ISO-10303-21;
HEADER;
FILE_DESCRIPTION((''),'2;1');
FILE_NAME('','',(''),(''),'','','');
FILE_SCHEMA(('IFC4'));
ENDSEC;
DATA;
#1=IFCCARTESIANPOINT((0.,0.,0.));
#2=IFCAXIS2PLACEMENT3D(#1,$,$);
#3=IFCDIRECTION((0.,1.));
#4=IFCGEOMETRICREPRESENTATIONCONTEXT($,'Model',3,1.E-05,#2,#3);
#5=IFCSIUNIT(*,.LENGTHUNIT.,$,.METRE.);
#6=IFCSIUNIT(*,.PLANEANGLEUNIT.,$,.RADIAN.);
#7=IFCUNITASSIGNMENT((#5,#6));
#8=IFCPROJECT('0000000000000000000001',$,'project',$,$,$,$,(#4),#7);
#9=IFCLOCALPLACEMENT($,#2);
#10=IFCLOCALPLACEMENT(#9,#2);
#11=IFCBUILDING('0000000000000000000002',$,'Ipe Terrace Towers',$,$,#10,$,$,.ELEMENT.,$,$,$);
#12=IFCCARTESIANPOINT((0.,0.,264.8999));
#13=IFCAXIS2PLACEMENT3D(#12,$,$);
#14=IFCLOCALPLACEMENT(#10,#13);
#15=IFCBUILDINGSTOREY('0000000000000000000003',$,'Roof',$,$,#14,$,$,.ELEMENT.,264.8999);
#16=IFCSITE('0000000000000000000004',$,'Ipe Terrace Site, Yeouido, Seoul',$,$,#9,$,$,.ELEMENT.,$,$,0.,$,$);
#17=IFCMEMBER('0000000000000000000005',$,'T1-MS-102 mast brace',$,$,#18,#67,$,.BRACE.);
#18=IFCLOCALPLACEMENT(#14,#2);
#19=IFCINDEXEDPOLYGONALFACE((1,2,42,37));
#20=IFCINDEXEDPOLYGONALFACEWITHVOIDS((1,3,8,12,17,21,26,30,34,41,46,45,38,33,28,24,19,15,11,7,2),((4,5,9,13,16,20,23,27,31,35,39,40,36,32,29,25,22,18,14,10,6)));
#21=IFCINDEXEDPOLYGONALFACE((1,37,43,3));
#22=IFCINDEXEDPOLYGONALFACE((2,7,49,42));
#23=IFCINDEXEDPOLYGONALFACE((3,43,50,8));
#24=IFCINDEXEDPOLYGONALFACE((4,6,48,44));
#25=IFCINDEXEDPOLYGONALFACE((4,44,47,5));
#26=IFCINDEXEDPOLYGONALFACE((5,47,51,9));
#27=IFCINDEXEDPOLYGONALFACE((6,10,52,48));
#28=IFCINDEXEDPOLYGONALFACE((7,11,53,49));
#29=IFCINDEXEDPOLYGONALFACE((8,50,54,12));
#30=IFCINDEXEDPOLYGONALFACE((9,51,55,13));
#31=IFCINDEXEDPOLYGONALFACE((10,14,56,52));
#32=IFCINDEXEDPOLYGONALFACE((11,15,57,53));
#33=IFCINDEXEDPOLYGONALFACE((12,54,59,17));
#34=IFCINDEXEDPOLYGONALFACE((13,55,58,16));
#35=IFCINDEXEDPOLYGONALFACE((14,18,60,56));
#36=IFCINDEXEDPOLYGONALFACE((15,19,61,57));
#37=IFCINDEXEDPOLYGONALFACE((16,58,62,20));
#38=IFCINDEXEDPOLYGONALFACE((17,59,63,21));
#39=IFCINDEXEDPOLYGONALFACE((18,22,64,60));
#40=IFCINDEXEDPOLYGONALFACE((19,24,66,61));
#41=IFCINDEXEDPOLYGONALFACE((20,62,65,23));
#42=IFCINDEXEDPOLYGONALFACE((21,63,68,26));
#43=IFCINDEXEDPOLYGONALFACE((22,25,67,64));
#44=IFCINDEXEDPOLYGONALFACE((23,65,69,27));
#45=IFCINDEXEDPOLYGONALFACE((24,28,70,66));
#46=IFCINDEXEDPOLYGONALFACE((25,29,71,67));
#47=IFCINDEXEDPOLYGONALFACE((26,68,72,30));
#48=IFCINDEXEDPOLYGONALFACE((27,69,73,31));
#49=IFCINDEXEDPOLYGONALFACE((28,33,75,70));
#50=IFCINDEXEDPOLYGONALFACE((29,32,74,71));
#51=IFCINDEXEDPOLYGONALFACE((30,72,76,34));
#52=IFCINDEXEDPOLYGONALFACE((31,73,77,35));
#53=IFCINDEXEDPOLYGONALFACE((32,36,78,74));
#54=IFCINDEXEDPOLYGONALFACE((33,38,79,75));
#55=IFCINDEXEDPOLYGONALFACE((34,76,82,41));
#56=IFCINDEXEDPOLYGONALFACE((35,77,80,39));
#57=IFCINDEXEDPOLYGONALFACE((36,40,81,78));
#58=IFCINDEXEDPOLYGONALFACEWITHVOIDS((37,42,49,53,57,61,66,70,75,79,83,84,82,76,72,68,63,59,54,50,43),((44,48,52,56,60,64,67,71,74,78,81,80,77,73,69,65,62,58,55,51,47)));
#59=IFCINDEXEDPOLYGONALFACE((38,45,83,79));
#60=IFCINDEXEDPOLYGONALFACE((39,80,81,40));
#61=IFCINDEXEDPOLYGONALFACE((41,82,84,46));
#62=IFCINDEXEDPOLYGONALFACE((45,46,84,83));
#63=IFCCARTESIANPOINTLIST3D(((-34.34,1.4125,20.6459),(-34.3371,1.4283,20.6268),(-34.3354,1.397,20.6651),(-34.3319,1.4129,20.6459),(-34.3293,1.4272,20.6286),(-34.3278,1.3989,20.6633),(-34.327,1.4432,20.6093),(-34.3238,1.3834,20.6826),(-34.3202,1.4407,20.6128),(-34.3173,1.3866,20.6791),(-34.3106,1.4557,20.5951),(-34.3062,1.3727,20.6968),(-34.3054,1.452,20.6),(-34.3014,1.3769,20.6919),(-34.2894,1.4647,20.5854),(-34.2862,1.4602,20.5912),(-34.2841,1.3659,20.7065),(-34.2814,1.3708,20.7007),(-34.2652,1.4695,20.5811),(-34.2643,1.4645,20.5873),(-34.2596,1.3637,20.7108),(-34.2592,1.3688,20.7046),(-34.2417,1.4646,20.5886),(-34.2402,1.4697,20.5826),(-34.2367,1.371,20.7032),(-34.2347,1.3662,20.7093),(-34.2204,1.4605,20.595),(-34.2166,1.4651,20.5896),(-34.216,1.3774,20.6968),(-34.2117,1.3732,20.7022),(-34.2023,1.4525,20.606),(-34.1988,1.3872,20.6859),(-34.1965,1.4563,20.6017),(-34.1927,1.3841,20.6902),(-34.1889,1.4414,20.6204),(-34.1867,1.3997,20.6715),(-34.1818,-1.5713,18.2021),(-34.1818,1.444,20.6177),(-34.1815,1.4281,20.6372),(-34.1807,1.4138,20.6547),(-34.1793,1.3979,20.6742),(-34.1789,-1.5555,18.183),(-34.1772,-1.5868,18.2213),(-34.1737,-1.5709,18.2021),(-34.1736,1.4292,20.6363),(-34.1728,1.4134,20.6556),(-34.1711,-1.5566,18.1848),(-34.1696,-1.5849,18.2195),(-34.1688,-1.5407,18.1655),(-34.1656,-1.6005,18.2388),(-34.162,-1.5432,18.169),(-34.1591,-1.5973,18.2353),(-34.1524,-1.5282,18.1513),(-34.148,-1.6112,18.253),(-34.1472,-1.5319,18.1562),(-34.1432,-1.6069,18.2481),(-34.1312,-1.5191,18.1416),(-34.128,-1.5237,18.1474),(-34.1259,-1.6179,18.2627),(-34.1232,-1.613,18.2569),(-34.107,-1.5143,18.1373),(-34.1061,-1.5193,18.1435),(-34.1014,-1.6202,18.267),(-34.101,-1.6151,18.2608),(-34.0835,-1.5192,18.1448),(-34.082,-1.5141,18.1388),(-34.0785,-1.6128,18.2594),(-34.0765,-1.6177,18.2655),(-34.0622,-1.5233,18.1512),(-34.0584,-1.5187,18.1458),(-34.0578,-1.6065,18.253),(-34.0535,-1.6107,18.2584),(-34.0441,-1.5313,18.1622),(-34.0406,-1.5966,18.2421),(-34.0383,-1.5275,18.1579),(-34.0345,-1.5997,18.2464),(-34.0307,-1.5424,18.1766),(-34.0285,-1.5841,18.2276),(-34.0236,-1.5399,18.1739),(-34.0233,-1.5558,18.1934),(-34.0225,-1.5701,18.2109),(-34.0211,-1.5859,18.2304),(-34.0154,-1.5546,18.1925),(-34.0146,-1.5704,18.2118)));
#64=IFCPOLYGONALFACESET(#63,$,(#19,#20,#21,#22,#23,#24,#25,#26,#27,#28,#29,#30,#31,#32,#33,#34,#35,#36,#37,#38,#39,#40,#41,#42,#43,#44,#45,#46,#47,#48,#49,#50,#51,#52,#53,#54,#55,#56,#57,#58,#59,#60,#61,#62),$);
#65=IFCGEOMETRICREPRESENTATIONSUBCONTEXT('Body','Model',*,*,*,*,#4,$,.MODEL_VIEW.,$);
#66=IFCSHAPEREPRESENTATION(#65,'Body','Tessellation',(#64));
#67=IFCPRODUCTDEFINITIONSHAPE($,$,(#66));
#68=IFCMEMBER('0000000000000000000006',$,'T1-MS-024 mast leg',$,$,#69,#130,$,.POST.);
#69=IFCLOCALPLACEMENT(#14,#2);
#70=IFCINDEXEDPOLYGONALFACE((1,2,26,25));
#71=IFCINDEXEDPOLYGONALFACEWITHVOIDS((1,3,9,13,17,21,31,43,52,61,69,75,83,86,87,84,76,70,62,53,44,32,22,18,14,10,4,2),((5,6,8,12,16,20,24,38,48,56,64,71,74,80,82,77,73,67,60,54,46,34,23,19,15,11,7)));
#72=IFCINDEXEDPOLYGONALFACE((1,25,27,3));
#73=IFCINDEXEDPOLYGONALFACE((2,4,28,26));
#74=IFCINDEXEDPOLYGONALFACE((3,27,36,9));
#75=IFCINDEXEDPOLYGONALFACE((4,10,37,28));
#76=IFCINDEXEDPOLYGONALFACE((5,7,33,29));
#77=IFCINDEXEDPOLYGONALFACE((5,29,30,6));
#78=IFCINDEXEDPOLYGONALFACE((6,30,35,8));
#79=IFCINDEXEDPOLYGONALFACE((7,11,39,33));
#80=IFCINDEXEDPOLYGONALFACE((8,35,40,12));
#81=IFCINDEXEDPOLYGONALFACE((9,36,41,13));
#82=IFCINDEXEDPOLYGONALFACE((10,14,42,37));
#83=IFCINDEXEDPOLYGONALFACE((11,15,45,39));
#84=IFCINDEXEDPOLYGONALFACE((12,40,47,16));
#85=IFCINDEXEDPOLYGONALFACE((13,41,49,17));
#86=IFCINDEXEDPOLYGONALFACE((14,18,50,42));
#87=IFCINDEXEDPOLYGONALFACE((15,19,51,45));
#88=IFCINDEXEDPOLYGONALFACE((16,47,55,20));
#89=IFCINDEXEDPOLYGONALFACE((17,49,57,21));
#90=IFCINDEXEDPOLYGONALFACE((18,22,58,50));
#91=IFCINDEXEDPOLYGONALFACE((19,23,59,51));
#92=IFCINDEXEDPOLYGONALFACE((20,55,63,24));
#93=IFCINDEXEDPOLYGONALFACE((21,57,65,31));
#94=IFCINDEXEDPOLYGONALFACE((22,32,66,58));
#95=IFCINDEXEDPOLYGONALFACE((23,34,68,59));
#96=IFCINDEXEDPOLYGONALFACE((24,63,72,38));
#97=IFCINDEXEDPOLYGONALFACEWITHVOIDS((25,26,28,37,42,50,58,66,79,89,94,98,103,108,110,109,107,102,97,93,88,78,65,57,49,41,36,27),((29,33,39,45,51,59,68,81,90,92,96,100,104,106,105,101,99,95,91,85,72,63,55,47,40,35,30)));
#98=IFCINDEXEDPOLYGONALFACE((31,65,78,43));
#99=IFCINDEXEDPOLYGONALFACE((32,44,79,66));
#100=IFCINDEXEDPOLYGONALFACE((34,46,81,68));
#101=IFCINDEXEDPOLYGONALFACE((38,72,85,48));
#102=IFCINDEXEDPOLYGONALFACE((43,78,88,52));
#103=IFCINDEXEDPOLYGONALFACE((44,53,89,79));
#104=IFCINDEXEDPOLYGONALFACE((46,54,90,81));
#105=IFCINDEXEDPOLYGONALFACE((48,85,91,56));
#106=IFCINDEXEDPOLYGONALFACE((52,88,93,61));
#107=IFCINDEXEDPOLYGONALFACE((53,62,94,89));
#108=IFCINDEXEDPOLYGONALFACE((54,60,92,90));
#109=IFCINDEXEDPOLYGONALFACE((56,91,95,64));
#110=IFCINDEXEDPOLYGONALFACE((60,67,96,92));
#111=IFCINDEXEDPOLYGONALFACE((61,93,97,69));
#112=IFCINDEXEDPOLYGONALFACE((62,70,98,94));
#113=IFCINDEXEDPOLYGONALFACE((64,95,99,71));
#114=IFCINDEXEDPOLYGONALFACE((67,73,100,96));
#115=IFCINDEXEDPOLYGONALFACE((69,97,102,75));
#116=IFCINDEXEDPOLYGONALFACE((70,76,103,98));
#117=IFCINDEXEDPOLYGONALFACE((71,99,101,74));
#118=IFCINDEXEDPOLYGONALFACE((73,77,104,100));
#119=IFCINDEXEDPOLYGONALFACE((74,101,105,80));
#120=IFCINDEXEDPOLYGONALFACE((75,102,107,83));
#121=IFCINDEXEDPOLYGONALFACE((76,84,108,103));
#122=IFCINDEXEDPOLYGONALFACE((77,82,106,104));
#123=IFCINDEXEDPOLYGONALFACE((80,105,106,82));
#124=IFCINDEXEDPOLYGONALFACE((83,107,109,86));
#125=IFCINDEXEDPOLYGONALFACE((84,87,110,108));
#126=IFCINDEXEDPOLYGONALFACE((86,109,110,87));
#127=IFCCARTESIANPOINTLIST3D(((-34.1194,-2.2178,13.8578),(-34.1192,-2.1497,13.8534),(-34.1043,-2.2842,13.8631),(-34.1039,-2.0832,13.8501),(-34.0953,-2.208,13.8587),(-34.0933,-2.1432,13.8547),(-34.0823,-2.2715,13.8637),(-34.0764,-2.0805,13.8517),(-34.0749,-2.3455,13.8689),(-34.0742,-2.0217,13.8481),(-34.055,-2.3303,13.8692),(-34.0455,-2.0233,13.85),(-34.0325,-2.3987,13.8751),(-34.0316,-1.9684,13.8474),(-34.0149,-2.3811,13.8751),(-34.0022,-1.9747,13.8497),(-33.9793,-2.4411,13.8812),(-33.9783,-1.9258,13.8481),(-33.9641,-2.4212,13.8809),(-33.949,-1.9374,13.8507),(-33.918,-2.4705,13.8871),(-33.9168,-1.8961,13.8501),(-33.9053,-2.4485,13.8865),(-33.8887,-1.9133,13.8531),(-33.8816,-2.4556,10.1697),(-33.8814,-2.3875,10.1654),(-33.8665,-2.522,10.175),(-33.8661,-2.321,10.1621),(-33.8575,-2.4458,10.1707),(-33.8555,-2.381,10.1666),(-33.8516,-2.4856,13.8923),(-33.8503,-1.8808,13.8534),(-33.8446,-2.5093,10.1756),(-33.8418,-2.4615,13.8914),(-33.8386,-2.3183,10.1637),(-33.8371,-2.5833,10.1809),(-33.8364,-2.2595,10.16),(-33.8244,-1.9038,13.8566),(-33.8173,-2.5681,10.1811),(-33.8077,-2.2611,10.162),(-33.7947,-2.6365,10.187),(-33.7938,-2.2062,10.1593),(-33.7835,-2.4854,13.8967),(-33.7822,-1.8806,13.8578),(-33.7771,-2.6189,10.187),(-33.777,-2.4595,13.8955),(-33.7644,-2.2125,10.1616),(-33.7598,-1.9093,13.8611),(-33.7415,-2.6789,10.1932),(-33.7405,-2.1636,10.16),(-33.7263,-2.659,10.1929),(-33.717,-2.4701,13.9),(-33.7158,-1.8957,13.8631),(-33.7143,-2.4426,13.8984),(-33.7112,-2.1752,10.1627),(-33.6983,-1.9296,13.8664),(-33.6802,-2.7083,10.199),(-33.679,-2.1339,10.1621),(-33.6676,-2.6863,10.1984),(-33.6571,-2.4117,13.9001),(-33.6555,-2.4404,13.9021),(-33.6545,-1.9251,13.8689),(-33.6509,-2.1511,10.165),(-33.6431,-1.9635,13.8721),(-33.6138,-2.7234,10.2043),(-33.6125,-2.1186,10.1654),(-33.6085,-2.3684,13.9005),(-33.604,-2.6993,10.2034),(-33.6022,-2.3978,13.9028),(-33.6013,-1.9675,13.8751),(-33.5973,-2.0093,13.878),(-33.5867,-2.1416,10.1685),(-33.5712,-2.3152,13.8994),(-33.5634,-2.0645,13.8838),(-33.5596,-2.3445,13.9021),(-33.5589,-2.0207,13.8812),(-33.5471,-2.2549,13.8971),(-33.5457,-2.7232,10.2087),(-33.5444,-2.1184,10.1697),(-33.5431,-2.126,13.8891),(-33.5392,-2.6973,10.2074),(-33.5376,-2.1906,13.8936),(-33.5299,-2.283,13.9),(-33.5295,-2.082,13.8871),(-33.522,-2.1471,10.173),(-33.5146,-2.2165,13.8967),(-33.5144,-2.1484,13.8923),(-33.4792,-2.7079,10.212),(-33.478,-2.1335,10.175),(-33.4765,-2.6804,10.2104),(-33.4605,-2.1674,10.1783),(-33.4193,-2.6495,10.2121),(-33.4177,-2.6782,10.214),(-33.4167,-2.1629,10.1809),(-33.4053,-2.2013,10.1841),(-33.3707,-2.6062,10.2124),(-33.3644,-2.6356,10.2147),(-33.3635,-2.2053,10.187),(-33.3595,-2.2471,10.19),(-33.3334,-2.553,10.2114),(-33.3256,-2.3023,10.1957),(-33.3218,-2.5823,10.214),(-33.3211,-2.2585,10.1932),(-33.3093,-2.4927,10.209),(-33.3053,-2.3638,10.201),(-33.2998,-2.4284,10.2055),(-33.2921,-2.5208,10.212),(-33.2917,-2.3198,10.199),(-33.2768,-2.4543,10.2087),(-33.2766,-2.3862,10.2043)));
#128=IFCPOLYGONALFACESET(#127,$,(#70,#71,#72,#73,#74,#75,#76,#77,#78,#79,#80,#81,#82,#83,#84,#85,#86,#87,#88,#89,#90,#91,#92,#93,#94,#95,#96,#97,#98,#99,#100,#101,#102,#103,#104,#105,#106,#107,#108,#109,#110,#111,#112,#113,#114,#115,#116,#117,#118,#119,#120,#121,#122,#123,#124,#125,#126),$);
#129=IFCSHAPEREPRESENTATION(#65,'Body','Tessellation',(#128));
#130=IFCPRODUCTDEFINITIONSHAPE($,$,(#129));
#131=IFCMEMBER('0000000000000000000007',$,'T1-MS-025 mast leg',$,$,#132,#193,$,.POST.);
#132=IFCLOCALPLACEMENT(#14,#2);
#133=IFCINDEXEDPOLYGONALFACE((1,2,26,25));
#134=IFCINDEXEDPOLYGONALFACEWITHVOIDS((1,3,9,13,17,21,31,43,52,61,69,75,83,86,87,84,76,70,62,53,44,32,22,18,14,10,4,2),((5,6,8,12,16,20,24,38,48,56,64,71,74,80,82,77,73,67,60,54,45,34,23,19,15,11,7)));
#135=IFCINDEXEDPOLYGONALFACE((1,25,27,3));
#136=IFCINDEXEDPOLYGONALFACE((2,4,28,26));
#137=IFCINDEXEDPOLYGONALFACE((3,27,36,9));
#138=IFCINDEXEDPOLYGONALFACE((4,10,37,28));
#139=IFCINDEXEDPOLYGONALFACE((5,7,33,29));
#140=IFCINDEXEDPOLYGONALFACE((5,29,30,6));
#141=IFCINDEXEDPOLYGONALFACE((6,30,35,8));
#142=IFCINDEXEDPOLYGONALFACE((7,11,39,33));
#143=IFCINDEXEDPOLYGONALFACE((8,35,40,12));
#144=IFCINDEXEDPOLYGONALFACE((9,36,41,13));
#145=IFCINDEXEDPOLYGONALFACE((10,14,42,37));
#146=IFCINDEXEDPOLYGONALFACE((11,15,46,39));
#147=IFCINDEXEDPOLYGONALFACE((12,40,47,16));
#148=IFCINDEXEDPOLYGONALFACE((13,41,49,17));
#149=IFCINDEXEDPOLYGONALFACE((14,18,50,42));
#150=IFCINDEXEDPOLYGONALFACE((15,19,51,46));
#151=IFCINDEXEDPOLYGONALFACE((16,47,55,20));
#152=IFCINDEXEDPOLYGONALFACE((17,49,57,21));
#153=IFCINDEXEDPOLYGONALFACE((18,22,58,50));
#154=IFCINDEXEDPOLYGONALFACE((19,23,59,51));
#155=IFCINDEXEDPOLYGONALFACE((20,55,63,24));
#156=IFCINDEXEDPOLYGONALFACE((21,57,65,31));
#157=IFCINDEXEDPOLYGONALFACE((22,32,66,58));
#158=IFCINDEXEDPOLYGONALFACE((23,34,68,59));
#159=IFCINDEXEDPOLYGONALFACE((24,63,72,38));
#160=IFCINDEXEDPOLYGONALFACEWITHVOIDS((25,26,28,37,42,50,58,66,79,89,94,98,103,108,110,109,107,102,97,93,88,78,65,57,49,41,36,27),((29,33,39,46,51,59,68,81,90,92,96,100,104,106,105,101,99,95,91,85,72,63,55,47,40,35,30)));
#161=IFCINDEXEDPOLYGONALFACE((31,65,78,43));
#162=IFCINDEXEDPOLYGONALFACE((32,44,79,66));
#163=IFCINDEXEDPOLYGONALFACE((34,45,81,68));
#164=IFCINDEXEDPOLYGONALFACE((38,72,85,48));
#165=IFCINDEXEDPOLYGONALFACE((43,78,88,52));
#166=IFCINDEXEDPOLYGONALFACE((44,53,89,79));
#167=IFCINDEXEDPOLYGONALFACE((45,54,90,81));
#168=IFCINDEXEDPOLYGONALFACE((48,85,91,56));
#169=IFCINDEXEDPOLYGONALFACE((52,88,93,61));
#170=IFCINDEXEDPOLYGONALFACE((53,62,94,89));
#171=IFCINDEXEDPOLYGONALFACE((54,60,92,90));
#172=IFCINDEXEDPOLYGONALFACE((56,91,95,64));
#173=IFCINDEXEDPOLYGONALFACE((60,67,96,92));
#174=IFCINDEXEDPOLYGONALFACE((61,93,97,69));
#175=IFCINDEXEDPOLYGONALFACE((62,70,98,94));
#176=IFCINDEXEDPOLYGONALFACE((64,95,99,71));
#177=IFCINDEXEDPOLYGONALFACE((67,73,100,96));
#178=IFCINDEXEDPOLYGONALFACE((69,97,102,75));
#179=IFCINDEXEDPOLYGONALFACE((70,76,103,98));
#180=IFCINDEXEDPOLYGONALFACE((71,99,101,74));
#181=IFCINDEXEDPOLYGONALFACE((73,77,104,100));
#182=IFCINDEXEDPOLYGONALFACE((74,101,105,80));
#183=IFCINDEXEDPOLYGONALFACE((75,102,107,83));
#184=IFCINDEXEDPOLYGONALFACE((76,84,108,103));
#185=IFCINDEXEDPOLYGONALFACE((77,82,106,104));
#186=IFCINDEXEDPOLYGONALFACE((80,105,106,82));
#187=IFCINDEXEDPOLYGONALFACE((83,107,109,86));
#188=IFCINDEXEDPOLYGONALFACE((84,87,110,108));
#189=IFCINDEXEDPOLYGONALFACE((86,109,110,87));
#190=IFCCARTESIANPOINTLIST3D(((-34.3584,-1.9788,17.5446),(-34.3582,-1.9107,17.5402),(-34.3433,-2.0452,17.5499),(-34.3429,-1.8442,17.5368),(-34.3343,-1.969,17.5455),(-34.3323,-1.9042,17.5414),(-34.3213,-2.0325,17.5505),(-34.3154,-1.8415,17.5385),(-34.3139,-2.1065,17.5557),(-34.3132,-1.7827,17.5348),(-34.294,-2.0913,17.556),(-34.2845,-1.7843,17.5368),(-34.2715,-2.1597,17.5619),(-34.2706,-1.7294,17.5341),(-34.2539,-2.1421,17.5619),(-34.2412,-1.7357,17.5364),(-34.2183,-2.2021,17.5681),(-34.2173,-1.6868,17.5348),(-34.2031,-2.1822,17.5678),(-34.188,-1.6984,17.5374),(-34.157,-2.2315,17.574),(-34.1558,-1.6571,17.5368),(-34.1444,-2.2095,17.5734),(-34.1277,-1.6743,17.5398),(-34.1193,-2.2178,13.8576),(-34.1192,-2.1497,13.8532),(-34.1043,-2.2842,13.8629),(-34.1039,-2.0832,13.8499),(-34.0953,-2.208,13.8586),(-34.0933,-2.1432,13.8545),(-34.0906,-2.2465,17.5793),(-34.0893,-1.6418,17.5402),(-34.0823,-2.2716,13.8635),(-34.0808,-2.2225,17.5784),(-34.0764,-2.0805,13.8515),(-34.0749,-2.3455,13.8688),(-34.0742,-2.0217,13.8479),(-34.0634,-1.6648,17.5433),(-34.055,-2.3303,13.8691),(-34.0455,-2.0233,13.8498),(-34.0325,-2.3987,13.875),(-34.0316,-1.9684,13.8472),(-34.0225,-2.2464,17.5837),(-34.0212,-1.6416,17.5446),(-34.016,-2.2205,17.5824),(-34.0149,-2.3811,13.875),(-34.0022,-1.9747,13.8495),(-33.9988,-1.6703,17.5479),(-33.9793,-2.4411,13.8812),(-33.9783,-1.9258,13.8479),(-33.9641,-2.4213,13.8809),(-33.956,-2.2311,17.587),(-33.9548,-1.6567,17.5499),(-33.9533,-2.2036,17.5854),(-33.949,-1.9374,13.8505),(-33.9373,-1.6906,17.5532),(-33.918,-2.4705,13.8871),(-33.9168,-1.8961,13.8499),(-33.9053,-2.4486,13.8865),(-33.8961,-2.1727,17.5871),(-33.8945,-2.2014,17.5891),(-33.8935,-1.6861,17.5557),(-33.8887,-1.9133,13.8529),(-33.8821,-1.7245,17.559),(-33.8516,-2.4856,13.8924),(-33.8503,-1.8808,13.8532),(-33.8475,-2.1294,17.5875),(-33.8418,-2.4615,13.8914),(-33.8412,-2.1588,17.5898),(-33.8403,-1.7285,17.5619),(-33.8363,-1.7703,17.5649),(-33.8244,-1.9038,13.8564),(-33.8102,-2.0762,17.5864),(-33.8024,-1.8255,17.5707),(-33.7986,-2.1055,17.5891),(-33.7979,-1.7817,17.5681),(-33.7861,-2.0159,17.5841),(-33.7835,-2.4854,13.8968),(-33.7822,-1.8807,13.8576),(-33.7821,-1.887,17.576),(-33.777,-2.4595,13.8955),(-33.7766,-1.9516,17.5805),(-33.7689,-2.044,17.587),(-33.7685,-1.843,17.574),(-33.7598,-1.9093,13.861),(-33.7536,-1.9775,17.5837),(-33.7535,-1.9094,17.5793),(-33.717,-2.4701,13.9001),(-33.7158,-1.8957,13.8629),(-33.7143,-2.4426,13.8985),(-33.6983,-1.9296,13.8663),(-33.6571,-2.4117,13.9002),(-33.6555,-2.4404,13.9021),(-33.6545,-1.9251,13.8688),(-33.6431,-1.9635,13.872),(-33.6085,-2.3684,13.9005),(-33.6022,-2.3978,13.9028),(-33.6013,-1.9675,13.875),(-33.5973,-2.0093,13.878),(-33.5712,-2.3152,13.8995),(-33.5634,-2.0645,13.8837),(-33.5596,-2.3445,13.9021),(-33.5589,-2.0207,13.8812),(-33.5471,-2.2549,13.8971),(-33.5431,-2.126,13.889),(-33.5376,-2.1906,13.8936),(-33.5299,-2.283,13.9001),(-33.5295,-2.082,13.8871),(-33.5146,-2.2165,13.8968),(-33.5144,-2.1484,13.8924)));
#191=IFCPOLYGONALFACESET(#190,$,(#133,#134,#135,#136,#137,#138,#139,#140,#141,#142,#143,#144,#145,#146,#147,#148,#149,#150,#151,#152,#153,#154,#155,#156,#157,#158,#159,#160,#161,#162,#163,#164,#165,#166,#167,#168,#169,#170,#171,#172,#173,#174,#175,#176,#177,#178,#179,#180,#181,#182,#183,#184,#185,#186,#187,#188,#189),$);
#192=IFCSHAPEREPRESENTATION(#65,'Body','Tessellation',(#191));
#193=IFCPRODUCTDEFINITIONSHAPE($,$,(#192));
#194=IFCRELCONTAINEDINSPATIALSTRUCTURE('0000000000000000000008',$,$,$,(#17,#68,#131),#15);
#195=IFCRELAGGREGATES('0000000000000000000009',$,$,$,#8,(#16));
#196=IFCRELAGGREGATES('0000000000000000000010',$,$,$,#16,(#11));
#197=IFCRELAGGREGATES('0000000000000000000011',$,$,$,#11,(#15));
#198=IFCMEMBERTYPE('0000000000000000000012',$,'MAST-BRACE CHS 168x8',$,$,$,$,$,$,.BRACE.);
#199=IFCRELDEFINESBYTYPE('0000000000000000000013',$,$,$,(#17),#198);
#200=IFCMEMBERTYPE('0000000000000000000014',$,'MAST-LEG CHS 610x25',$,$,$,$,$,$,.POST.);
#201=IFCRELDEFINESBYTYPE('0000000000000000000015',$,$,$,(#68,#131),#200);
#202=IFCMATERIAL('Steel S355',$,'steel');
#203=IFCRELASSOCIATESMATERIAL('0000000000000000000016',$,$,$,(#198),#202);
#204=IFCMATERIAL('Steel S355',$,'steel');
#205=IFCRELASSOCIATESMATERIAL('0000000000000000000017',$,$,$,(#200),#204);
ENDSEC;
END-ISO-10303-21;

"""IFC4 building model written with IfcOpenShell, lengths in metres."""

from ifc_helpers import new_model, si_unit, direction, frame, origin, origin_2d, place, context, subcontext, project, spatial, hollow_circle, extrude, material, material_profile, profile_set, type_object, element, save


model = new_model("IFC4")

# Units and contexts
model_context = context("Model", 3, precision=1e-05, world=origin(), true_north=direction((0.0, 1.0)))
body_context = subcontext(model_context, "Body", "Model", "MODEL_VIEW")
ifc_project = project(units=[si_unit("LENGTHUNIT", "METRE"), si_unit("PLANEANGLEUNIT", "RADIAN")], contexts=[model_context])

# Site, building, storey
site_placement = place(None, origin())
site = spatial("IfcSite", under=ifc_project, at=site_placement, Name="Ipe Terrace Site, Yeouido, Seoul", CompositionType="ELEMENT", RefElevation=0.0)
building_placement = place(site_placement, origin())
building = spatial("IfcBuilding", under=site, at=building_placement, Name="Ipe Terrace Towers", CompositionType="ELEMENT")
storey_placement = place(building_placement, frame((0.0, 0.0, 264.8999)))
storey = spatial("IfcBuildingStorey", under=building, at=storey_placement, Name="Roof", CompositionType="ELEMENT", Elevation=264.8999)

# Members
ifc_material_1 = material(Name="Steel S355", Category="steel")
ifc_material_profile_1 = material_profile(ifc_material_1, hollow_circle(Radius=0.084, WallThickness=0.0081, at=origin_2d()), Name="MAST-BRACE CHS 168x8")
ifc_profile_set_1 = profile_set([ifc_material_profile_1], Name="Steel S355")
member_type_1 = type_object("IfcMemberType", Name="MAST-BRACE CHS 168x8", PredefinedType="BRACE", material=ifc_profile_set_1)
member_1_placement = place(storey_placement, frame((-34.0979, -1.5669, 18.2021), z_axis=(-0.040983, 0.772991, 0.633091), x_axis=(-0.998597, -0.052945, 0.0)))
element("IfcMember", 1, at=member_1_placement, inside=storey, type_object=member_type_1, Name="T1-MS-102 mast brace", PredefinedType="BRACE", context=body_context, shape_type="SweptSolid", body=[
    extrude(hollow_circle(Radius=0.084, WallThickness=0.0081, at=origin_2d()), origin(), (0.0, 0.0, 1.0), 3.8601),
])
ifc_material_2 = material(Name="Steel S355", Category="steel")
ifc_material_profile_2 = material_profile(ifc_material_2, hollow_circle(Radius=0.3049, WallThickness=0.0249, at=origin_2d()), Name="MAST-LEG CHS 610x25")
ifc_profile_set_2 = profile_set([ifc_material_profile_2], Name="Steel S355")
member_type_2 = type_object("IfcMemberType", Name="MAST-LEG CHS 610x25", PredefinedType="POST", material=ifc_profile_set_2)
member_2_placement = place(storey_placement, frame((-33.5791, -2.4209, 10.187), z_axis=(-0.064211, 0.064211, 0.995868), x_axis=(-0.707107, -0.707107, 0.0)))
element("IfcMember", 2, at=member_2_placement, inside=storey, type_object=member_type_2, Name="T1-MS-024 mast leg", PredefinedType="POST", context=body_context, shape_type="SweptSolid", body=[
    extrude(hollow_circle(Radius=0.3049, WallThickness=0.0249, at=origin_2d()), origin(), (0.0, 0.0, 1.0), 3.7034),
])
member_3_placement = place(storey_placement, frame((-33.8169, -2.1831, 13.875), z_axis=(-0.064555, 0.064555, 0.995824), x_axis=(-0.707107, -0.707107, 0.0)))
element("IfcMember", 3, at=member_3_placement, inside=storey, type_object=member_type_2, Name="T1-MS-025 mast leg", PredefinedType="POST", context=body_context, shape_type="SweptSolid", body=[
    extrude(hollow_circle(Radius=0.3049, WallThickness=0.0249, at=origin_2d()), origin(), (0.0, 0.0, 1.0), 3.7024),
])

save(model, "model.ifc")
